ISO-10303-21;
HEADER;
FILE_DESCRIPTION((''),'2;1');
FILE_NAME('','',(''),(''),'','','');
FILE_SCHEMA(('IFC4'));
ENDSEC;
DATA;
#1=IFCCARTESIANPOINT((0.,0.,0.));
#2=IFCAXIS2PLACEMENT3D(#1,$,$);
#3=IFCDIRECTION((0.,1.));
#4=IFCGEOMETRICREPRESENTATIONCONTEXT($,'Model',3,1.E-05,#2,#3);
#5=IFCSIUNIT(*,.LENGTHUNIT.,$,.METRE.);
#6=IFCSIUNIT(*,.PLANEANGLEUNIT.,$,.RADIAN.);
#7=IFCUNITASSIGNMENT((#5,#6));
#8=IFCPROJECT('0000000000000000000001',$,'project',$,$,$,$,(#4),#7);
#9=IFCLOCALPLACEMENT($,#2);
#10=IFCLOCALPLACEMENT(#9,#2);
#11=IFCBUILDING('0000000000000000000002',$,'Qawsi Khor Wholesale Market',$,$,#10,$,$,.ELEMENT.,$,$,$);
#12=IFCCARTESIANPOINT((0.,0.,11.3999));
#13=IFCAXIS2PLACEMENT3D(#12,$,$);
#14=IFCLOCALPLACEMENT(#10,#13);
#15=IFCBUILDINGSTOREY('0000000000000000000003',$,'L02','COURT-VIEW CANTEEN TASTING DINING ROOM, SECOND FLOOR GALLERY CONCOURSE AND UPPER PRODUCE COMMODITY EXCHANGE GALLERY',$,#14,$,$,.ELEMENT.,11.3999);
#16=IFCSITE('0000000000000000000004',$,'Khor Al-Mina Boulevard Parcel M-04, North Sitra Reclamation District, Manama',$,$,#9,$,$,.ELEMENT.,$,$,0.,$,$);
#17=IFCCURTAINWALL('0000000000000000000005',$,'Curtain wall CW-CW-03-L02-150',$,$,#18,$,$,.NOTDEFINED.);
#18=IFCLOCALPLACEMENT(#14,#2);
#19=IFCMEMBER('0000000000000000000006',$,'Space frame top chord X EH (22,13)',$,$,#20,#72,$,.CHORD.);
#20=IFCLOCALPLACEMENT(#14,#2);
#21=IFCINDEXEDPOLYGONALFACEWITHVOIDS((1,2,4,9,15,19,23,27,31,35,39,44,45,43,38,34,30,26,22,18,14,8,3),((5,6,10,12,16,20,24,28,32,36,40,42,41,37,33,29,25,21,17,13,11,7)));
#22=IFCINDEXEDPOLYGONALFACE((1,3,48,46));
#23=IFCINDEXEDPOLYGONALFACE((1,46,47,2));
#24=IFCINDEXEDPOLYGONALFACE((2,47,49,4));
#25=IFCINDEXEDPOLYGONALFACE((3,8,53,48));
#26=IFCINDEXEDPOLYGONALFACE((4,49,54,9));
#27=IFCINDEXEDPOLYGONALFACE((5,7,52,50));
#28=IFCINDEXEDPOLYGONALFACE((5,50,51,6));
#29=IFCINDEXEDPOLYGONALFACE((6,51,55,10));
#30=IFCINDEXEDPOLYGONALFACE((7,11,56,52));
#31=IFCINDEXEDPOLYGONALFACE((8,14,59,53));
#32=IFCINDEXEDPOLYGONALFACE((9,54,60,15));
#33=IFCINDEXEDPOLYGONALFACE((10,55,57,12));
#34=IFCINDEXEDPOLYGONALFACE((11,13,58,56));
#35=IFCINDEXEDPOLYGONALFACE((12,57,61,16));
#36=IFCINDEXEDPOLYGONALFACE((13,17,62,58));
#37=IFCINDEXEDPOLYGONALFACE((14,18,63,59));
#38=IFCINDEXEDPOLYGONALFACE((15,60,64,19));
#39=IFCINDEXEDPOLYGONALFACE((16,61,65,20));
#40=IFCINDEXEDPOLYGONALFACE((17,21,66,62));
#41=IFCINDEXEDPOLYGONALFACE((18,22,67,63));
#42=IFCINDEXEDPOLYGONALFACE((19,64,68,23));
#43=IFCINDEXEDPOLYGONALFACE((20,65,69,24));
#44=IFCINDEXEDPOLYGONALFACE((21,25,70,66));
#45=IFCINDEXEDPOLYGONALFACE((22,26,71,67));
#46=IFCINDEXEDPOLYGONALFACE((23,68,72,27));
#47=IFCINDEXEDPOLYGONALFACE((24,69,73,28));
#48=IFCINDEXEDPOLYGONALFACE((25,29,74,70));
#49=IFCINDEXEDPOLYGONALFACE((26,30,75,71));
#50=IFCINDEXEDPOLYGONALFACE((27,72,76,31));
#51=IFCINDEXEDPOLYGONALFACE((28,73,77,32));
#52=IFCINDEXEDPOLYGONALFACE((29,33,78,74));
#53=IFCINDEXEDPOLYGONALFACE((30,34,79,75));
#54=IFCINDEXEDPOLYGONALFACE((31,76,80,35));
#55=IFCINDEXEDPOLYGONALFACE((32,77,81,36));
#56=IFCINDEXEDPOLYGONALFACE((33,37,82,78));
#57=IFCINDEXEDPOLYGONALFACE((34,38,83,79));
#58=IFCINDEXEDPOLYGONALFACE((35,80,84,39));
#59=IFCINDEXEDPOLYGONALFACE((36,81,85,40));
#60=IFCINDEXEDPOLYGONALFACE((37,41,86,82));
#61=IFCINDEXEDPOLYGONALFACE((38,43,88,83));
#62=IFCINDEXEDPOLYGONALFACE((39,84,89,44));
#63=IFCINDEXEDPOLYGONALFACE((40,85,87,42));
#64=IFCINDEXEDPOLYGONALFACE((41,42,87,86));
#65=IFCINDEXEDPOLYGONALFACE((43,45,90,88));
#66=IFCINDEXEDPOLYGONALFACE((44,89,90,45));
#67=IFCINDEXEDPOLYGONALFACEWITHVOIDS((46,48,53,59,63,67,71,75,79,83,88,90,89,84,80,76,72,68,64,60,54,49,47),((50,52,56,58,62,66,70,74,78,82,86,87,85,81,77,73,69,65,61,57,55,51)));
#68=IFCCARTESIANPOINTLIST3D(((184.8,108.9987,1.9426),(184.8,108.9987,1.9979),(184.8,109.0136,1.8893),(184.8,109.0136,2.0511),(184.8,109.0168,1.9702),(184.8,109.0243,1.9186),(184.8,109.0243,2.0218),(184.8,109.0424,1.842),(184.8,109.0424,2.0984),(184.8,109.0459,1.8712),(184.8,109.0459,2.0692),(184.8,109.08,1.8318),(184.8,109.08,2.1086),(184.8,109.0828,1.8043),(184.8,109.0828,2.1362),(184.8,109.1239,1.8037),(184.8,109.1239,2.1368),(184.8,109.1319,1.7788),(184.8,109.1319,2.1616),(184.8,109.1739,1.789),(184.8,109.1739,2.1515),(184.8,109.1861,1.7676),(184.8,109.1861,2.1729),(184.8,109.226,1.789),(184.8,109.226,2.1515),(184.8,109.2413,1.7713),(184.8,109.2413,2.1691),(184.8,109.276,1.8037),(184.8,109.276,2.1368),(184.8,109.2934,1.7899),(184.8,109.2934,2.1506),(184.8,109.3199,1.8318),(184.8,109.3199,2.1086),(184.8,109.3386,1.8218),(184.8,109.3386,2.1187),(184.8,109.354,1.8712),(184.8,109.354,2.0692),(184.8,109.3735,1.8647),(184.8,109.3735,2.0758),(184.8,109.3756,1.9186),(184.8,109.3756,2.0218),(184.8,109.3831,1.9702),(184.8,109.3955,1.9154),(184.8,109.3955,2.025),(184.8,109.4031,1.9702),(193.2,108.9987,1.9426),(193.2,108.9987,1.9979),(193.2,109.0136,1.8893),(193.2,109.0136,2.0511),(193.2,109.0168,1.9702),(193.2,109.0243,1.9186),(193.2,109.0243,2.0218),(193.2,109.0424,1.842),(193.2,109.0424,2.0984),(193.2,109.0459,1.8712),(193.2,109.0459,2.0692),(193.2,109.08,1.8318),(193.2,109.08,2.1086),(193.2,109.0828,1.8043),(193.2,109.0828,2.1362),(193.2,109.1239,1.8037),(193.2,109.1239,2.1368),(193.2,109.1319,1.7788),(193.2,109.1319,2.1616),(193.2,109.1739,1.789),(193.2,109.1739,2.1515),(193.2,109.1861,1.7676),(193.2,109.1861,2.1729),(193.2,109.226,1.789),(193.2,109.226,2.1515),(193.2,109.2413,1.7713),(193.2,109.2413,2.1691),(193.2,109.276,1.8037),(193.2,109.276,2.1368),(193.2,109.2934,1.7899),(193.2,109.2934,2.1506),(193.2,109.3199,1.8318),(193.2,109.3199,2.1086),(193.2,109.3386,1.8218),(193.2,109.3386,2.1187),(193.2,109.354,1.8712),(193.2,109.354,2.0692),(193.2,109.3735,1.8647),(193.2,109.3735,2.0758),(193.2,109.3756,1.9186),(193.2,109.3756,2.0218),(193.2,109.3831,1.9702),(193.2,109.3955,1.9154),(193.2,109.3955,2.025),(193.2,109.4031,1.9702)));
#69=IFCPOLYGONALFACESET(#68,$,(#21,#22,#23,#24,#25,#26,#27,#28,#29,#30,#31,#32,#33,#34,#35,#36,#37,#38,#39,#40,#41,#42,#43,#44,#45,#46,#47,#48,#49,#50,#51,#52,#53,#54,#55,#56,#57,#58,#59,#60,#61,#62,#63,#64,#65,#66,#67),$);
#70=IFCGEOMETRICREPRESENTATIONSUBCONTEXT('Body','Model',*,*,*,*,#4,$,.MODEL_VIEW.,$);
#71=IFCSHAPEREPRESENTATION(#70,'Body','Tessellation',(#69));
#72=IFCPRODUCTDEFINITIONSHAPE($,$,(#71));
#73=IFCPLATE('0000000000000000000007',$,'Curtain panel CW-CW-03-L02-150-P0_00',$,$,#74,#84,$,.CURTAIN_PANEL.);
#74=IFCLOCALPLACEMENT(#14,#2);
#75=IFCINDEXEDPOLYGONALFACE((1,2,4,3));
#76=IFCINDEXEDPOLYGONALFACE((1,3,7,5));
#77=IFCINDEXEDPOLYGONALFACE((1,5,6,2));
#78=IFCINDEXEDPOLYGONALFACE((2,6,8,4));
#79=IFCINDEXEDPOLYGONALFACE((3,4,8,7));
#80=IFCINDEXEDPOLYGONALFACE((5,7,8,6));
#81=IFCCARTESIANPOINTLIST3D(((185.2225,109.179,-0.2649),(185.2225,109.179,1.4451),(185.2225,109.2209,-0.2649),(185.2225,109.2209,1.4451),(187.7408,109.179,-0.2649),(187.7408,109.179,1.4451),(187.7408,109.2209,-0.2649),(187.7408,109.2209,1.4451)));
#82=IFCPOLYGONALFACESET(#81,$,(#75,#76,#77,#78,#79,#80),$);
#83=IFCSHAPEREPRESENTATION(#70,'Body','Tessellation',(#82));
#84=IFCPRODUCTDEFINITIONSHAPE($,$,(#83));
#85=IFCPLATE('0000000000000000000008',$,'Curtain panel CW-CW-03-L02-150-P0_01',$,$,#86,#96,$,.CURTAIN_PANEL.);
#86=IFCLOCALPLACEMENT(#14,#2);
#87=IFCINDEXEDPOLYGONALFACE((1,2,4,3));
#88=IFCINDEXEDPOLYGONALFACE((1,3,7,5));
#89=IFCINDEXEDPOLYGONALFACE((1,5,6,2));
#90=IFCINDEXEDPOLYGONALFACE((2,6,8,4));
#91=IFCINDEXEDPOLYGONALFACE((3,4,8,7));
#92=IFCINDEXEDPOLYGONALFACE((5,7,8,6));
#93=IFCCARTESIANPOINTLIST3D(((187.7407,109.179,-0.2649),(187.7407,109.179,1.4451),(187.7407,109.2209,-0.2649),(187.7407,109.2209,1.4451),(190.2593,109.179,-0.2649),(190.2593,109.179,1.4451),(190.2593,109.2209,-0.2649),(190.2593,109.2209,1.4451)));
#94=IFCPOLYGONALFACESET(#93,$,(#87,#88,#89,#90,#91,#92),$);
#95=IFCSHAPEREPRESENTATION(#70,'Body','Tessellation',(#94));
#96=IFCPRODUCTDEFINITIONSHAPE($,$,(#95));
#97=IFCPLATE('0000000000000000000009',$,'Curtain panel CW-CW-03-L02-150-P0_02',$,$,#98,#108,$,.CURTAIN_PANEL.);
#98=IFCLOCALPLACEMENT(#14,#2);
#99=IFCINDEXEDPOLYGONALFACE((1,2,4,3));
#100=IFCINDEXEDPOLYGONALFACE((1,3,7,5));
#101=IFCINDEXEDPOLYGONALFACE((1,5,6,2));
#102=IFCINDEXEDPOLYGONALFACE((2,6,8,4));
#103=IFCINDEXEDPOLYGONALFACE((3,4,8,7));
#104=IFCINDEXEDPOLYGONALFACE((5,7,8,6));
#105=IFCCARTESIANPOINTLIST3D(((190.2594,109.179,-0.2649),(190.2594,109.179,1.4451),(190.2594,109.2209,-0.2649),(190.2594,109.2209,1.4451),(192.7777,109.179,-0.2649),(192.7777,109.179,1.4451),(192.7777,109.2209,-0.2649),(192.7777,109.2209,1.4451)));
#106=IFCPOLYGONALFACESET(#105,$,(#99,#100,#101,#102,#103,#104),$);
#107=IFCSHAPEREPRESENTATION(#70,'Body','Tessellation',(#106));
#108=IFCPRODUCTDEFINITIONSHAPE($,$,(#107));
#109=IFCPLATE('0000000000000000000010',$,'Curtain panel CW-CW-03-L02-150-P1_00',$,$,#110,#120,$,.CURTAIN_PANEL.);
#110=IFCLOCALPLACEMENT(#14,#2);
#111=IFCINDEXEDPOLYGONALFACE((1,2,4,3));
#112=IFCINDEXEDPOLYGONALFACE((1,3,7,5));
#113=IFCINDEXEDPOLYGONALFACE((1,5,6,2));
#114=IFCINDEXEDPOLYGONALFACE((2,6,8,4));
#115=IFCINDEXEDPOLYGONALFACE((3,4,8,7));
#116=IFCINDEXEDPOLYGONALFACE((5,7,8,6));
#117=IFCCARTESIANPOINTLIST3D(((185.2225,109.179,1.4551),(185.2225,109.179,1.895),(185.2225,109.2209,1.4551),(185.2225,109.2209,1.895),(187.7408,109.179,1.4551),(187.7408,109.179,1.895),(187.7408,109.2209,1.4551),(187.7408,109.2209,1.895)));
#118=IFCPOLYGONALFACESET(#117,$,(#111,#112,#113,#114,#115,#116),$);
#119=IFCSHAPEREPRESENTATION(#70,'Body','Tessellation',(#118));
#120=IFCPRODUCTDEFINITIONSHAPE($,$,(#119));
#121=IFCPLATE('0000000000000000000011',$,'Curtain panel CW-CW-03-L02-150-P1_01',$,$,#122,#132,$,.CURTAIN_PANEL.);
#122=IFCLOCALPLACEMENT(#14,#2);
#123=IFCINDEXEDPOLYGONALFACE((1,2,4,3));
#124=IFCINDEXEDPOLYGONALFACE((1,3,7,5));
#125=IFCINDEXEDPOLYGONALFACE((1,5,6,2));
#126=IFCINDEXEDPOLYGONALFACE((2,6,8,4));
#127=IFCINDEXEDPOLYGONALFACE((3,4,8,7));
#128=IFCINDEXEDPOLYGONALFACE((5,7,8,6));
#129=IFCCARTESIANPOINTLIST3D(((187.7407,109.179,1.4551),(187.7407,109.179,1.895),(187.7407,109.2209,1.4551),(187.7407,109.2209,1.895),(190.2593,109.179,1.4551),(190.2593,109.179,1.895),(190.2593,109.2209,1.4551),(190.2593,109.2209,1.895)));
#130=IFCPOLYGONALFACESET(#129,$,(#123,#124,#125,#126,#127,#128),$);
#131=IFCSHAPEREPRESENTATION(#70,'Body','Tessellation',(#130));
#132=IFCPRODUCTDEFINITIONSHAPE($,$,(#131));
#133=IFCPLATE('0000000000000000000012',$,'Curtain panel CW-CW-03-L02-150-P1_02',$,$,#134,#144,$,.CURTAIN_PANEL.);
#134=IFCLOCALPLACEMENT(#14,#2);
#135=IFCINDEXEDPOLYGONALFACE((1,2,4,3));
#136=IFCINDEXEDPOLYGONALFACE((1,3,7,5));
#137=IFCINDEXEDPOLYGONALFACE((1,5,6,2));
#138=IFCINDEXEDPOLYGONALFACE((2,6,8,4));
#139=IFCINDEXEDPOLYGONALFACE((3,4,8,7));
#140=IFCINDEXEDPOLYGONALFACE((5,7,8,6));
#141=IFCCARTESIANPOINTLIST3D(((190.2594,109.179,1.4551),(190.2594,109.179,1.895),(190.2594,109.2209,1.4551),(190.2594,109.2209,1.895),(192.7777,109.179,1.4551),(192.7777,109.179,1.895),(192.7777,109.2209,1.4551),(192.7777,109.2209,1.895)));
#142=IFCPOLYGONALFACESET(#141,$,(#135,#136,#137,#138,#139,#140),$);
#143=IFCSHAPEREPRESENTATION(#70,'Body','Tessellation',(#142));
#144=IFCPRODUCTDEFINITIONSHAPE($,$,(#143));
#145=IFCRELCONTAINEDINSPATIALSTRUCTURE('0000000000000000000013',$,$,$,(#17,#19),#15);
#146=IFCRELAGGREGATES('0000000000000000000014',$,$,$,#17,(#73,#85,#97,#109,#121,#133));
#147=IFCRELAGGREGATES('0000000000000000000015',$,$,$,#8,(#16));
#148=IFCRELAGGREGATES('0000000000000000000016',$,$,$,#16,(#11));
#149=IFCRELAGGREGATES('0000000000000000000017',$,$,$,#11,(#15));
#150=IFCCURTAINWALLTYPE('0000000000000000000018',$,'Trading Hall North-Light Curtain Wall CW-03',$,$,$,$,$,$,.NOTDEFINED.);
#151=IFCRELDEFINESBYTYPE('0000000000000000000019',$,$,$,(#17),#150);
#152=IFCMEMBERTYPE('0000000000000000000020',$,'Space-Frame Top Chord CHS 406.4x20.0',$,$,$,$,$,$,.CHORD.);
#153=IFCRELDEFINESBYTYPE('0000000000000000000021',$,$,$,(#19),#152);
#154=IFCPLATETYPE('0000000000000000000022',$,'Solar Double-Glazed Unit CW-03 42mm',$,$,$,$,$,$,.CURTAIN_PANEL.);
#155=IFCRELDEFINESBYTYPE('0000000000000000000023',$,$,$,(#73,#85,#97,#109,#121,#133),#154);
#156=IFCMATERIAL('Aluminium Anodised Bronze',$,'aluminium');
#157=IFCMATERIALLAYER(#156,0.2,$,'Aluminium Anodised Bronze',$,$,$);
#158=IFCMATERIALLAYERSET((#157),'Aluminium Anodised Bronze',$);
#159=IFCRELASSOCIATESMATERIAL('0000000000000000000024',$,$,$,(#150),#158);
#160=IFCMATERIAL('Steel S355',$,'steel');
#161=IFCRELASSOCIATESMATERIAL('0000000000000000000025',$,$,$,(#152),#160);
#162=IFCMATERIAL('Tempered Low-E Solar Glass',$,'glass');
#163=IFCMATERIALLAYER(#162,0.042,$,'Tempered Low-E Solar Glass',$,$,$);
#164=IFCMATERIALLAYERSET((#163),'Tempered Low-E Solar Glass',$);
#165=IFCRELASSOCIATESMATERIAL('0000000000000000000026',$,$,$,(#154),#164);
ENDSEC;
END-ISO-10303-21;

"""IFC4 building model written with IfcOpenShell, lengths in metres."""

from ifc_helpers import new_model, si_unit, direction, frame, frame_2d, origin, origin_2d, place, context, subcontext, project, spatial, rectangle, hollow_circle, extrude, material, layer, layer_set, material_profile, profile_set, type_object, element, aggregate, save


model = new_model("IFC4")

# Units and contexts
model_context = context("Model", 3, precision=1e-05, world=origin(), true_north=direction((0.0, 1.0)))
body_context = subcontext(model_context, "Body", "Model", "MODEL_VIEW")
ifc_project = project(units=[si_unit("LENGTHUNIT", "METRE"), si_unit("PLANEANGLEUNIT", "RADIAN")], contexts=[model_context])

# Site, building, storey
site_placement = place(None, origin())
site = spatial("IfcSite", under=ifc_project, at=site_placement, Name="Khor Al-Mina Boulevard Parcel M-04, North Sitra Reclamation District, Manama", CompositionType="ELEMENT", RefElevation=0.0)
building_placement = place(site_placement, origin())
building = spatial("IfcBuilding", under=site, at=building_placement, Name="Qawsi Khor Wholesale Market", CompositionType="ELEMENT")
storey_placement = place(building_placement, frame((0.0, 0.0, 11.3999)))
storey = spatial("IfcBuildingStorey", under=building, at=storey_placement, Name="L02", Description="COURT-VIEW CANTEEN TASTING DINING ROOM, SECOND FLOOR GALLERY CONCOURSE AND UPPER PRODUCE COMMODITY EXCHANGE GALLERY", CompositionType="ELEMENT", Elevation=11.3999)

# Curtain wall
ifc_material_1 = material(Name="Aluminium Anodised Bronze", Category="aluminium")
ifc_layer_1 = layer(ifc_material_1, 0.2, Name="Aluminium Anodised Bronze")
ifc_layer_set_1 = layer_set([ifc_layer_1], Name="Aluminium Anodised Bronze")
curtain_wall_type = type_object("IfcCurtainWallType", Name="Trading Hall North-Light Curtain Wall CW-03", PredefinedType="NOTDEFINED", material=ifc_layer_set_1)
curtain_wall_placement = place(storey_placement, origin())
curtain_wall = element("IfcCurtainWall", 1, at=curtain_wall_placement, inside=storey, type_object=curtain_wall_type, Name="Curtain wall CW-CW-03-L02-150", PredefinedType="NOTDEFINED")

# Member
ifc_material_2 = material(Name="Steel S355", Category="steel")
ifc_material_profile_1 = material_profile(ifc_material_2, hollow_circle(Radius=0.2031, WallThickness=0.02, at=origin_2d()), Name="CHS 406.4x20.0")
ifc_profile_set_1 = profile_set([ifc_material_profile_1], Name="Steel S355")
member_type_1 = type_object("IfcMemberType", Name="Space-Frame Top Chord CHS 406.4x20.0", PredefinedType="CHORD", material=ifc_profile_set_1)
member_1_placement = place(storey_placement, frame((184.8, 109.2, 1.9702), z_axis=(1.0, 0.0, 0.0), x_axis=(0.0, 1.0, 0.0)))
element("IfcMember", 2, at=member_1_placement, inside=storey, type_object=member_type_1, Name="Space frame top chord X EH (22,13)", PredefinedType="CHORD", context=body_context, shape_type="SweptSolid", body=[
    extrude(hollow_circle(Radius=0.2031, WallThickness=0.02, at=origin_2d()), origin(), (0.0, 0.0, 1.0), 8.3999),
])

# Plates
ifc_material_3 = material(Name="Tempered Low-E Solar Glass", Category="glass")
ifc_layer_2 = layer(ifc_material_3, 0.042, Name="Tempered Low-E Solar Glass")
ifc_layer_set_2 = layer_set([ifc_layer_2], Name="Tempered Low-E Solar Glass")
plate_type = type_object("IfcPlateType", Name="Solar Double-Glazed Unit CW-03 42mm", PredefinedType="CURTAIN_PANEL", material=ifc_layer_set_2)
plate_1_placement = place(storey_placement, frame((185.2224, 109.2, -0.2649), z_axis=(0.0, 0.0, 1.0), x_axis=(1.0, 0.0, 0.0)))
plate_1 = element("IfcPlate", 3, at=plate_1_placement, type_object=plate_type, Name="Curtain panel CW-CW-03-L02-150-P0_00", PredefinedType="CURTAIN_PANEL", context=body_context, shape_type="SweptSolid", body=[
    extrude(rectangle(XDim=2.5183, YDim=0.042, at=frame_2d((1.2593, 0.0))), origin(), (0.0, 0.0, 1.0), 1.71),
])
plate_2_placement = place(storey_placement, frame((187.7407, 109.2, -0.2649), z_axis=(0.0, 0.0, 1.0), x_axis=(1.0, 0.0, 0.0)))
plate_2 = element("IfcPlate", 4, at=plate_2_placement, type_object=plate_type, Name="Curtain panel CW-CW-03-L02-150-P0_01", PredefinedType="CURTAIN_PANEL", context=body_context, shape_type="SweptSolid", body=[
    extrude(rectangle(XDim=2.5186, YDim=0.042, at=frame_2d((1.2593, 0.0))), origin(), (0.0, 0.0, 1.0), 1.71),
])
plate_3_placement = place(storey_placement, frame((190.2593, 109.2, -0.2649), z_axis=(0.0, 0.0, 1.0), x_axis=(1.0, 0.0, 0.0)))
plate_3 = element("IfcPlate", 5, at=plate_3_placement, type_object=plate_type, Name="Curtain panel CW-CW-03-L02-150-P0_02", PredefinedType="CURTAIN_PANEL", context=body_context, shape_type="SweptSolid", body=[
    extrude(rectangle(XDim=2.5183, YDim=0.042, at=frame_2d((1.2593, 0.0))), origin(), (0.0, 0.0, 1.0), 1.71),
])
plate_4_placement = place(storey_placement, frame((185.2224, 109.2, 1.4551), z_axis=(0.0, 0.0, 1.0), x_axis=(1.0, 0.0, 0.0)))
plate_4 = element("IfcPlate", 6, at=plate_4_placement, type_object=plate_type, Name="Curtain panel CW-CW-03-L02-150-P1_00", PredefinedType="CURTAIN_PANEL", context=body_context, shape_type="SweptSolid", body=[
    extrude(rectangle(XDim=2.5183, YDim=0.042, at=frame_2d((1.2593, 0.0))), origin(), (0.0, 0.0, 1.0), 0.4399),
])
plate_5_placement = place(storey_placement, frame((187.7407, 109.2, 1.4551), z_axis=(0.0, 0.0, 1.0), x_axis=(1.0, 0.0, 0.0)))
plate_5 = element("IfcPlate", 7, at=plate_5_placement, type_object=plate_type, Name="Curtain panel CW-CW-03-L02-150-P1_01", PredefinedType="CURTAIN_PANEL", context=body_context, shape_type="SweptSolid", body=[
    extrude(rectangle(XDim=2.5186, YDim=0.042, at=frame_2d((1.2593, 0.0))), origin(), (0.0, 0.0, 1.0), 0.4399),
])
plate_6_placement = place(storey_placement, frame((190.2593, 109.2, 1.4551), z_axis=(0.0, 0.0, 1.0), x_axis=(1.0, 0.0, 0.0)))
plate_6 = element("IfcPlate", 8, at=plate_6_placement, type_object=plate_type, Name="Curtain panel CW-CW-03-L02-150-P1_02", PredefinedType="CURTAIN_PANEL", context=body_context, shape_type="SweptSolid", body=[
    extrude(rectangle(XDim=2.5183, YDim=0.042, at=frame_2d((1.2593, 0.0))), origin(), (0.0, 0.0, 1.0), 0.4399),
])
aggregate(curtain_wall, [plate_1, plate_2, plate_3, plate_4, plate_5, plate_6])

save(model, "model.ifc")
